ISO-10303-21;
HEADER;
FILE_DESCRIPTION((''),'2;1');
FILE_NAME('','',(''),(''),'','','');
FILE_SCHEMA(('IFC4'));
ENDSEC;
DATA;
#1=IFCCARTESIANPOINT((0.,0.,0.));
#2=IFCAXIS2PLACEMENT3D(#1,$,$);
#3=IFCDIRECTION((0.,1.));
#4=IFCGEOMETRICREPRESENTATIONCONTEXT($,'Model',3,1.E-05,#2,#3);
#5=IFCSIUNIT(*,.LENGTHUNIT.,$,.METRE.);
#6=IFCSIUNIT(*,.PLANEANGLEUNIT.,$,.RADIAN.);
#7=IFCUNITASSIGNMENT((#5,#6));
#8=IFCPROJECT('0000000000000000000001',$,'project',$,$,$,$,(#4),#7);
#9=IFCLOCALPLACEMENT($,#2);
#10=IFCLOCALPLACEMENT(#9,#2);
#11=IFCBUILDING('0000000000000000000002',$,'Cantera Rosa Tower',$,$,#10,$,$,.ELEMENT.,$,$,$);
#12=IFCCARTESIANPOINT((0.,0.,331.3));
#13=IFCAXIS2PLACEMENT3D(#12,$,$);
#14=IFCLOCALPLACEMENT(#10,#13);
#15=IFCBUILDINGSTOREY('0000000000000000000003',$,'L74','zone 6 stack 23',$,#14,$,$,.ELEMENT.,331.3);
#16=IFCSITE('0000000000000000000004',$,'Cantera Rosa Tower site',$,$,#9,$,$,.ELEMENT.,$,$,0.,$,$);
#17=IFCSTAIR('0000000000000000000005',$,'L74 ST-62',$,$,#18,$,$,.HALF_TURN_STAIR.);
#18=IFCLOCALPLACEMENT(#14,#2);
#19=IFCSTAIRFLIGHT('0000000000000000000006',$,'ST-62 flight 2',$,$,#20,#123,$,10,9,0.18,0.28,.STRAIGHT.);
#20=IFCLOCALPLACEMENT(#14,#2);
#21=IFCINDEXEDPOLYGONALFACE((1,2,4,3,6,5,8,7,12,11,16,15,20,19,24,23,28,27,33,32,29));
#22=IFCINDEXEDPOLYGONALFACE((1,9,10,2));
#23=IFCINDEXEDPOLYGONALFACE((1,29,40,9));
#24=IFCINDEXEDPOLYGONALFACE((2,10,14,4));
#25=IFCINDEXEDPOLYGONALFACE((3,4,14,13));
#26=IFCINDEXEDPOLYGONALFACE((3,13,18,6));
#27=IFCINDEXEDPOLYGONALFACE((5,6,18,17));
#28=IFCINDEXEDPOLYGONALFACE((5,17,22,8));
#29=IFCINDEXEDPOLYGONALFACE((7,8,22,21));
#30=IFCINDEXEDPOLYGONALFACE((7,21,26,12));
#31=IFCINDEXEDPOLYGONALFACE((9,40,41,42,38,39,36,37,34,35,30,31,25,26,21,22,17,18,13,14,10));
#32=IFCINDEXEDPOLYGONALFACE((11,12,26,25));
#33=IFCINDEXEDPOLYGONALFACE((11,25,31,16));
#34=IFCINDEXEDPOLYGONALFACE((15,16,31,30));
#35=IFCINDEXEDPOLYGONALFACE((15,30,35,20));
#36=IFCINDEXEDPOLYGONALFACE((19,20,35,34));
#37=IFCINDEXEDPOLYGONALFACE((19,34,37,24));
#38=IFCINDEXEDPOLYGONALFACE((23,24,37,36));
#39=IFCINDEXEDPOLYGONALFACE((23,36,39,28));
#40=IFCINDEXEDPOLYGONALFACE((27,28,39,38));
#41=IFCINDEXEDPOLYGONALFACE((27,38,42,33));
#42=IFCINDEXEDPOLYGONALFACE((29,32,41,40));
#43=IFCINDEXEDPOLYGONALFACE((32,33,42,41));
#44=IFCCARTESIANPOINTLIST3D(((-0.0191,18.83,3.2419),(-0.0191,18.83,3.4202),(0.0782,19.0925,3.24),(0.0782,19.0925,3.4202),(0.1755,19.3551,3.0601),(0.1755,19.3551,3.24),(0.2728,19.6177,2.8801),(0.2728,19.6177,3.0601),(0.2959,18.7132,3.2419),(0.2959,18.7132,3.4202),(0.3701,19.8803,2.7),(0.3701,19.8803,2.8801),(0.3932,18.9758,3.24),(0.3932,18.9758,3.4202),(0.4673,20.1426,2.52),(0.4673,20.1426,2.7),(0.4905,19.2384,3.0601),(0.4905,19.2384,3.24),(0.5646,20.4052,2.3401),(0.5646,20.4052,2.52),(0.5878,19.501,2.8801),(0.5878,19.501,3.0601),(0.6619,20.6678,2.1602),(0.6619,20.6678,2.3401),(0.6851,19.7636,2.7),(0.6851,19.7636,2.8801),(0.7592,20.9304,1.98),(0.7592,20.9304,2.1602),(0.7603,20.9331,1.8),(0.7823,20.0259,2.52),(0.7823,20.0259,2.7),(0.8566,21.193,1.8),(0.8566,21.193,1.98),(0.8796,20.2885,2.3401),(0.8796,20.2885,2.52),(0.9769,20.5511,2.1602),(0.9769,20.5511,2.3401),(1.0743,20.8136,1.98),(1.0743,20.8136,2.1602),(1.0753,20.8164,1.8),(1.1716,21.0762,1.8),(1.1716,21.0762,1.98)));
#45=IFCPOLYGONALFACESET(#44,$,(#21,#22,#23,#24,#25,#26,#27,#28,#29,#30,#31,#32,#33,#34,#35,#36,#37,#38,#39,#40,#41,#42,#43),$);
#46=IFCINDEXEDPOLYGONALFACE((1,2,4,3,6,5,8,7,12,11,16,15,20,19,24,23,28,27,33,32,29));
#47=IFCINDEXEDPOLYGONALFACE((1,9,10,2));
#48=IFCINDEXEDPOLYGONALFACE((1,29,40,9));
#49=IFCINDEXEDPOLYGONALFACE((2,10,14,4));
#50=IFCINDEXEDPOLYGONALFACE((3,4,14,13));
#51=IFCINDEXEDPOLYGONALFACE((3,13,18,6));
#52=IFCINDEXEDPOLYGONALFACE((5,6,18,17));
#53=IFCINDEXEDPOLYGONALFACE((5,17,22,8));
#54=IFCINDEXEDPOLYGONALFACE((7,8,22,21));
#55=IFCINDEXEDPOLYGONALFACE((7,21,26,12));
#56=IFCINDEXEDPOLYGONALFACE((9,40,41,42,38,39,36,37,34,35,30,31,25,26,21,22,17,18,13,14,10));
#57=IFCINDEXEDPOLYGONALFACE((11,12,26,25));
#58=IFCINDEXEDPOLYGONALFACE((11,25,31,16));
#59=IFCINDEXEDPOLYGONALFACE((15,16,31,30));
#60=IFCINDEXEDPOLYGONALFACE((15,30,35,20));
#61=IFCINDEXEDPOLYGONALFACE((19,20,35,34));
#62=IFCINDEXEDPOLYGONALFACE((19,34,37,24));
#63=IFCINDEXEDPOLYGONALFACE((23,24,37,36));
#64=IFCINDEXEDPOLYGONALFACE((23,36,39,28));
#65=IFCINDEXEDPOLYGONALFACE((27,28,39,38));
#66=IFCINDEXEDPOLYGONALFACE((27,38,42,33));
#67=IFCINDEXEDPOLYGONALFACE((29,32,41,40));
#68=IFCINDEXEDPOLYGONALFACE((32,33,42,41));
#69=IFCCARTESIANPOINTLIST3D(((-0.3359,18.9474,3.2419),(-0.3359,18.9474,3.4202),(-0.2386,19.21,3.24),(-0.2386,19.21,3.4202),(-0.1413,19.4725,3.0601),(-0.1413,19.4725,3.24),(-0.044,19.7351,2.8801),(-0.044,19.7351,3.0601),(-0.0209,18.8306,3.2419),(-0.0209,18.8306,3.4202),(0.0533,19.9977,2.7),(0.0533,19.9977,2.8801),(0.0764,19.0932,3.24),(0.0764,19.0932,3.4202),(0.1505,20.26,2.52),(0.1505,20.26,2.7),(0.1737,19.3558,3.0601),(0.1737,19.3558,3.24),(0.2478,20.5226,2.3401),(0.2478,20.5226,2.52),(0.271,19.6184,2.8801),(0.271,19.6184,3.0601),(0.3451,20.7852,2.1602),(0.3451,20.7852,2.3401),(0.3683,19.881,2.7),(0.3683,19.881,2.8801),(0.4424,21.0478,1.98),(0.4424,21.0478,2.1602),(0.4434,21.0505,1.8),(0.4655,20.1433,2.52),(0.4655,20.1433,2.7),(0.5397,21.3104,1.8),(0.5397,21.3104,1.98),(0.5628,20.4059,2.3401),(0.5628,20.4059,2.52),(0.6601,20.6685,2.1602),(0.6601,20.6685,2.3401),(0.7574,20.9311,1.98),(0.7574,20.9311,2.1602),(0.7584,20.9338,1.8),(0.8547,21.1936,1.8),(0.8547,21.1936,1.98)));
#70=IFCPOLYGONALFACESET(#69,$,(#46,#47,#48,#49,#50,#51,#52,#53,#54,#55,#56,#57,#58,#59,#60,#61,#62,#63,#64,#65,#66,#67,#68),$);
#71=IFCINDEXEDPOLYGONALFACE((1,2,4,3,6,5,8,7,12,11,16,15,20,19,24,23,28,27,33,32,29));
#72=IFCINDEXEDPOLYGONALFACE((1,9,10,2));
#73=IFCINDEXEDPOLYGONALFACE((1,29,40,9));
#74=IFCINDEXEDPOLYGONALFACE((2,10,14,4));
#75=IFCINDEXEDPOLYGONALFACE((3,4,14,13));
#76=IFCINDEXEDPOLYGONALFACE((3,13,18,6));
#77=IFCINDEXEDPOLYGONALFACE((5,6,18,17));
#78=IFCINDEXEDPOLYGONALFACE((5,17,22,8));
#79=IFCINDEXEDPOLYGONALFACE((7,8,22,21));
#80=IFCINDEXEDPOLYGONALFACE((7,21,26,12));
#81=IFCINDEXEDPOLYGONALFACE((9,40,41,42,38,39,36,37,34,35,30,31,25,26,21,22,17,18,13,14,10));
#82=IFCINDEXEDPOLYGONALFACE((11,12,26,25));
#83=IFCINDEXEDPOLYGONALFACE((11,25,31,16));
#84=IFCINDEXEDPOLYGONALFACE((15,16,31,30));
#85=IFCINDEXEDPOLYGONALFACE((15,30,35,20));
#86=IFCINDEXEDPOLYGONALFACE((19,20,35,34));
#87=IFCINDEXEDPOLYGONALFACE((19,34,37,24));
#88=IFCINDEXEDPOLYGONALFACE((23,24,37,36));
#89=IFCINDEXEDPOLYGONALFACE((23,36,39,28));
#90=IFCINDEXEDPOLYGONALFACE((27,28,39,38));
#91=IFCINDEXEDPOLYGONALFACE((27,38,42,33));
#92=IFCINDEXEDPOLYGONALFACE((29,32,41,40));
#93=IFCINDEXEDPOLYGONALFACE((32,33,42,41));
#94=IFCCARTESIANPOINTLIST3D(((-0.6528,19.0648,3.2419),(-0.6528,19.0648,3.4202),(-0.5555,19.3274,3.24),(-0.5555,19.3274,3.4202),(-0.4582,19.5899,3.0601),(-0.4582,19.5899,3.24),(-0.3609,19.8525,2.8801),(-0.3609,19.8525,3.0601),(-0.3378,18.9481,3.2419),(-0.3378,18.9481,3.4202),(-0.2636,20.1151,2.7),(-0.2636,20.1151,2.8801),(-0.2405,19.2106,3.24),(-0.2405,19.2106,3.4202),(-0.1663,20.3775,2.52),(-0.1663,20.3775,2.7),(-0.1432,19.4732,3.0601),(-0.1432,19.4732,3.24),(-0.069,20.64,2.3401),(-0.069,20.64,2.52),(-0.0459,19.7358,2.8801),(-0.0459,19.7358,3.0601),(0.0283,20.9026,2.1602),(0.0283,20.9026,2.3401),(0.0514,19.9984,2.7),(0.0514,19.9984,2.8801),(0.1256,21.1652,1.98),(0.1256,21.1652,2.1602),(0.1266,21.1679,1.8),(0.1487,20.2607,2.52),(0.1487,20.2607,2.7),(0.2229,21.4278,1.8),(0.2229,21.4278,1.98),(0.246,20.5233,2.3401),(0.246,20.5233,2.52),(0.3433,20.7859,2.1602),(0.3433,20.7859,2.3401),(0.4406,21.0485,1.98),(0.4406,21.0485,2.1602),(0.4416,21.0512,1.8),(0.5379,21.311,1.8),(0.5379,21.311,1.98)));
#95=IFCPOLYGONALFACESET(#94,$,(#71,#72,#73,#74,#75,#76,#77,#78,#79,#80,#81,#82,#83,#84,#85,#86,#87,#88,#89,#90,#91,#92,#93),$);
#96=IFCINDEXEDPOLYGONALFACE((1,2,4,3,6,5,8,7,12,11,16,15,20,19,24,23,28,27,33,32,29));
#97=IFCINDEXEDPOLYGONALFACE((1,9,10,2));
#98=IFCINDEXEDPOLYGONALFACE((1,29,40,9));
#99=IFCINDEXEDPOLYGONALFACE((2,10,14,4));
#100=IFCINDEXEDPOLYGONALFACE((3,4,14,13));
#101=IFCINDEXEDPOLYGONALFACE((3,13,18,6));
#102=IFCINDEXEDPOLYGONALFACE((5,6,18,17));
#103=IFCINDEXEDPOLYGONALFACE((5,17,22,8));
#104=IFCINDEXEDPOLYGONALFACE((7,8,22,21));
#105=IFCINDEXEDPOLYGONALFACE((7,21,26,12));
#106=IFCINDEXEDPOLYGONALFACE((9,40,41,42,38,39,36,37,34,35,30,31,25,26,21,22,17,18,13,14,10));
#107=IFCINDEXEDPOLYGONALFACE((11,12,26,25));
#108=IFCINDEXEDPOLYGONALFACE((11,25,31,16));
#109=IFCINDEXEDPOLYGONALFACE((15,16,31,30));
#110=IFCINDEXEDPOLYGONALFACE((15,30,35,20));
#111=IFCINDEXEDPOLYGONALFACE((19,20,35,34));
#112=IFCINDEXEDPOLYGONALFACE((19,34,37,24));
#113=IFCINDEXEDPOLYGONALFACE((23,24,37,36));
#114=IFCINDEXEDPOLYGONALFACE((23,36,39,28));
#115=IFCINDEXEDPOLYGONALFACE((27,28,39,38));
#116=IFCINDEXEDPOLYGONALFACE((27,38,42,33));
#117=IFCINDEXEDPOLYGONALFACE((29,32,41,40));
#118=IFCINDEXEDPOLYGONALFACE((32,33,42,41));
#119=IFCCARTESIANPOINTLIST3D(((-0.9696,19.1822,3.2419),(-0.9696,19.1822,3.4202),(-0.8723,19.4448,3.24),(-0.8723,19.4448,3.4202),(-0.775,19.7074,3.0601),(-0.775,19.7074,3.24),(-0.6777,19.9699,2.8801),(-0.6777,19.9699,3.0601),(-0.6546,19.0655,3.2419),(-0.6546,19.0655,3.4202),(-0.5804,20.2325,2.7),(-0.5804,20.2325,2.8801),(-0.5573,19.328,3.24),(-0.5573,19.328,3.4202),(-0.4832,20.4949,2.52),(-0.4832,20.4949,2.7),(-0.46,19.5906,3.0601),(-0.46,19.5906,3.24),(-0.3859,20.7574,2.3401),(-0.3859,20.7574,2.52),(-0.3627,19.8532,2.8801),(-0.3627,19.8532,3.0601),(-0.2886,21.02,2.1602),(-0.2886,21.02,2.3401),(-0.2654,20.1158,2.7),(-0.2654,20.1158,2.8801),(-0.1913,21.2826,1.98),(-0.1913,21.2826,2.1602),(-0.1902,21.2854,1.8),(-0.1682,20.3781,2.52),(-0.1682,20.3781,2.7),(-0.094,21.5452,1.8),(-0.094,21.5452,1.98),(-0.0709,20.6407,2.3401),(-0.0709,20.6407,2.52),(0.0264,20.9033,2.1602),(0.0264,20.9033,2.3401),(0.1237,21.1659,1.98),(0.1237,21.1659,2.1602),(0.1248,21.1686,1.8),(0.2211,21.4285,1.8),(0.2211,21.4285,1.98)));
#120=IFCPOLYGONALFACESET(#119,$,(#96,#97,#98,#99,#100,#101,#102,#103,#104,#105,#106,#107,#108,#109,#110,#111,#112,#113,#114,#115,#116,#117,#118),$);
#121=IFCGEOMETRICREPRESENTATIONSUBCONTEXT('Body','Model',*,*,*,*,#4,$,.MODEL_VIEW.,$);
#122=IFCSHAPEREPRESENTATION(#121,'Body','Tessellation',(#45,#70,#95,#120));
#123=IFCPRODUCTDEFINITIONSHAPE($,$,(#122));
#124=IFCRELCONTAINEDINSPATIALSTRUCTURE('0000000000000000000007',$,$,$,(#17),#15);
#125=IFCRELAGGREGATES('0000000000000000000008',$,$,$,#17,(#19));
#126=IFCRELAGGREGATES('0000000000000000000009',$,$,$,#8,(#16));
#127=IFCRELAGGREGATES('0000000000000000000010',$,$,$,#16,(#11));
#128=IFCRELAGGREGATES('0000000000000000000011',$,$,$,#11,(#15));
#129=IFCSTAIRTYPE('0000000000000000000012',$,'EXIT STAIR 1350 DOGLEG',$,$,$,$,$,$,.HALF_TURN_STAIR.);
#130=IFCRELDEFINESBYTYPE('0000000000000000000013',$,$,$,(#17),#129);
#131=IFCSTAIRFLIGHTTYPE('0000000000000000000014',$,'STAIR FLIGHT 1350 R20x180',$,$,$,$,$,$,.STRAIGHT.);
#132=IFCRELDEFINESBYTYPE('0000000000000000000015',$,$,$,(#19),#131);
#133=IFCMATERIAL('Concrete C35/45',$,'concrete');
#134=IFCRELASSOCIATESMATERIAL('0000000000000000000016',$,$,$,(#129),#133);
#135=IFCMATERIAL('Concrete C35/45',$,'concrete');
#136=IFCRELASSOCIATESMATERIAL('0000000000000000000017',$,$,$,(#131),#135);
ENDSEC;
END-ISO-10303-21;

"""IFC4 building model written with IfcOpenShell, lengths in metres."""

from ifc_helpers import new_model, si_unit, direction, frame, origin, place, context, subcontext, project, spatial, polyline, outline, extrude, material, type_object, element, aggregate, save


model = new_model("IFC4")

# Units and contexts
model_context = context("Model", 3, precision=1e-05, world=origin(), true_north=direction((0.0, 1.0)))
body_context = subcontext(model_context, "Body", "Model", "MODEL_VIEW")
ifc_project = project(units=[si_unit("LENGTHUNIT", "METRE"), si_unit("PLANEANGLEUNIT", "RADIAN")], contexts=[model_context])

# Site, building, storey
site_placement = place(None, origin())
site = spatial("IfcSite", under=ifc_project, at=site_placement, Name="Cantera Rosa Tower site", CompositionType="ELEMENT", RefElevation=0.0)
building_placement = place(site_placement, origin())
building = spatial("IfcBuilding", under=site, at=building_placement, Name="Cantera Rosa Tower", CompositionType="ELEMENT")
storey_placement = place(building_placement, frame((0.0, 0.0, 331.3)))
storey = spatial("IfcBuildingStorey", under=building, at=storey_placement, Name="L74", Description="zone 6 stack 23", CompositionType="ELEMENT", Elevation=331.3)

# Stair, stair flight
ifc_material_1 = material(Name="Concrete C35/45", Category="concrete")
stair_type = type_object("IfcStairType", Name="EXIT STAIR 1350 DOGLEG", PredefinedType="HALF_TURN_STAIR", material=ifc_material_1)
stair_placement = place(storey_placement, origin())
stair = element("IfcStair", 1, at=stair_placement, inside=storey, type_object=stair_type, Name="L74 ST-62", PredefinedType="HALF_TURN_STAIR")
ifc_material_2 = material(Name="Concrete C35/45", Category="concrete")
stair_flight_type = type_object("IfcStairFlightType", Name="STAIR FLIGHT 1350 R20x180", PredefinedType="STRAIGHT", material=ifc_material_2)
stair_flight_1_placement = place(storey_placement, frame((0.5386, 21.3108, 1.8), z_axis=(0.0, 0.0, 1.0), x_axis=(-0.347481, -0.937687, 0.0)))
stair_flight_1 = element("IfcStairFlight", 2, at=stair_flight_1_placement, type_object=stair_flight_type, Name="ST-62 flight 2", NumberOfRisers=10, NumberOfTreads=9, PredefinedType="STRAIGHT", RiserHeight=0.18, TreadLength=0.28, context=body_context, shape_type="SweptSolid", body=[
    extrude(outline(polyline([(0.0, 0.0), (0.0, 0.1799), (0.28, 0.1799), (0.28, 0.3601), (0.5601, 0.3601), (0.5601, 0.54), (0.8401, 0.54), (0.8401, 0.72), (1.1201, 0.72), (1.1201, 0.8999), (1.3999, 0.8999), (1.3999, 1.0801), (1.6799, 1.0801), (1.6799, 1.26), (1.96, 1.26), (1.96, 1.4399), (2.24, 1.4399), (2.24, 1.6201), (2.52, 1.6201), (2.52, 1.8), (2.52, 1.4419), (0.2771, 0.0), (0.0, 0.0)])), frame((0.0, 0.675, 0.0), z_axis=(0.0, -1.0, 0.0), x_axis=(1.0, 0.0, 0.0)), (0.0, 0.0, 1.0), 0.3359),
    extrude(outline(polyline([(0.0, 0.0), (0.0, 0.1799), (0.28, 0.1799), (0.28, 0.3601), (0.5601, 0.3601), (0.5601, 0.54), (0.8401, 0.54), (0.8401, 0.72), (1.1201, 0.72), (1.1201, 0.8999), (1.3999, 0.8999), (1.3999, 1.0801), (1.6799, 1.0801), (1.6799, 1.26), (1.96, 1.26), (1.96, 1.4399), (2.24, 1.4399), (2.24, 1.6201), (2.52, 1.6201), (2.52, 1.8), (2.52, 1.4419), (0.2771, 0.0), (0.0, 0.0)])), frame((0.0, 0.3372, 0.0), z_axis=(0.0, -1.0, 0.0), x_axis=(1.0, 0.0, 0.0)), (0.0, 0.0, 1.0), 0.3359),
    extrude(outline(polyline([(0.0, 0.0), (0.0, 0.1799), (0.28, 0.1799), (0.28, 0.3601), (0.5601, 0.3601), (0.5601, 0.54), (0.8401, 0.54), (0.8401, 0.72), (1.1201, 0.72), (1.1201, 0.8999), (1.3999, 0.8999), (1.3999, 1.0801), (1.6799, 1.0801), (1.6799, 1.26), (1.96, 1.26), (1.96, 1.4399), (2.24, 1.4399), (2.24, 1.6201), (2.52, 1.6201), (2.52, 1.8), (2.52, 1.4419), (0.2771, 0.0), (0.0, 0.0)])), frame((0.0, -0.0007, 0.0), z_axis=(0.0, -1.0, 0.0), x_axis=(1.0, 0.0, 0.0)), (0.0, 0.0, 1.0), 0.3359),
    extrude(outline(polyline([(0.0, 0.0), (0.0, 0.1799), (0.28, 0.1799), (0.28, 0.3601), (0.5601, 0.3601), (0.5601, 0.54), (0.8401, 0.54), (0.8401, 0.72), (1.1201, 0.72), (1.1201, 0.8999), (1.3999, 0.8999), (1.3999, 1.0801), (1.6799, 1.0801), (1.6799, 1.26), (1.96, 1.26), (1.96, 1.4399), (2.24, 1.4399), (2.24, 1.6201), (2.52, 1.6201), (2.52, 1.8), (2.52, 1.4419), (0.2771, 0.0), (0.0, 0.0)])), frame((0.0, -0.3386, 0.0), z_axis=(0.0, -1.0, 0.0), x_axis=(1.0, 0.0, 0.0)), (0.0, 0.0, 1.0), 0.3359),
])
aggregate(stair, [stair_flight_1])

save(model, "model.ifc")
